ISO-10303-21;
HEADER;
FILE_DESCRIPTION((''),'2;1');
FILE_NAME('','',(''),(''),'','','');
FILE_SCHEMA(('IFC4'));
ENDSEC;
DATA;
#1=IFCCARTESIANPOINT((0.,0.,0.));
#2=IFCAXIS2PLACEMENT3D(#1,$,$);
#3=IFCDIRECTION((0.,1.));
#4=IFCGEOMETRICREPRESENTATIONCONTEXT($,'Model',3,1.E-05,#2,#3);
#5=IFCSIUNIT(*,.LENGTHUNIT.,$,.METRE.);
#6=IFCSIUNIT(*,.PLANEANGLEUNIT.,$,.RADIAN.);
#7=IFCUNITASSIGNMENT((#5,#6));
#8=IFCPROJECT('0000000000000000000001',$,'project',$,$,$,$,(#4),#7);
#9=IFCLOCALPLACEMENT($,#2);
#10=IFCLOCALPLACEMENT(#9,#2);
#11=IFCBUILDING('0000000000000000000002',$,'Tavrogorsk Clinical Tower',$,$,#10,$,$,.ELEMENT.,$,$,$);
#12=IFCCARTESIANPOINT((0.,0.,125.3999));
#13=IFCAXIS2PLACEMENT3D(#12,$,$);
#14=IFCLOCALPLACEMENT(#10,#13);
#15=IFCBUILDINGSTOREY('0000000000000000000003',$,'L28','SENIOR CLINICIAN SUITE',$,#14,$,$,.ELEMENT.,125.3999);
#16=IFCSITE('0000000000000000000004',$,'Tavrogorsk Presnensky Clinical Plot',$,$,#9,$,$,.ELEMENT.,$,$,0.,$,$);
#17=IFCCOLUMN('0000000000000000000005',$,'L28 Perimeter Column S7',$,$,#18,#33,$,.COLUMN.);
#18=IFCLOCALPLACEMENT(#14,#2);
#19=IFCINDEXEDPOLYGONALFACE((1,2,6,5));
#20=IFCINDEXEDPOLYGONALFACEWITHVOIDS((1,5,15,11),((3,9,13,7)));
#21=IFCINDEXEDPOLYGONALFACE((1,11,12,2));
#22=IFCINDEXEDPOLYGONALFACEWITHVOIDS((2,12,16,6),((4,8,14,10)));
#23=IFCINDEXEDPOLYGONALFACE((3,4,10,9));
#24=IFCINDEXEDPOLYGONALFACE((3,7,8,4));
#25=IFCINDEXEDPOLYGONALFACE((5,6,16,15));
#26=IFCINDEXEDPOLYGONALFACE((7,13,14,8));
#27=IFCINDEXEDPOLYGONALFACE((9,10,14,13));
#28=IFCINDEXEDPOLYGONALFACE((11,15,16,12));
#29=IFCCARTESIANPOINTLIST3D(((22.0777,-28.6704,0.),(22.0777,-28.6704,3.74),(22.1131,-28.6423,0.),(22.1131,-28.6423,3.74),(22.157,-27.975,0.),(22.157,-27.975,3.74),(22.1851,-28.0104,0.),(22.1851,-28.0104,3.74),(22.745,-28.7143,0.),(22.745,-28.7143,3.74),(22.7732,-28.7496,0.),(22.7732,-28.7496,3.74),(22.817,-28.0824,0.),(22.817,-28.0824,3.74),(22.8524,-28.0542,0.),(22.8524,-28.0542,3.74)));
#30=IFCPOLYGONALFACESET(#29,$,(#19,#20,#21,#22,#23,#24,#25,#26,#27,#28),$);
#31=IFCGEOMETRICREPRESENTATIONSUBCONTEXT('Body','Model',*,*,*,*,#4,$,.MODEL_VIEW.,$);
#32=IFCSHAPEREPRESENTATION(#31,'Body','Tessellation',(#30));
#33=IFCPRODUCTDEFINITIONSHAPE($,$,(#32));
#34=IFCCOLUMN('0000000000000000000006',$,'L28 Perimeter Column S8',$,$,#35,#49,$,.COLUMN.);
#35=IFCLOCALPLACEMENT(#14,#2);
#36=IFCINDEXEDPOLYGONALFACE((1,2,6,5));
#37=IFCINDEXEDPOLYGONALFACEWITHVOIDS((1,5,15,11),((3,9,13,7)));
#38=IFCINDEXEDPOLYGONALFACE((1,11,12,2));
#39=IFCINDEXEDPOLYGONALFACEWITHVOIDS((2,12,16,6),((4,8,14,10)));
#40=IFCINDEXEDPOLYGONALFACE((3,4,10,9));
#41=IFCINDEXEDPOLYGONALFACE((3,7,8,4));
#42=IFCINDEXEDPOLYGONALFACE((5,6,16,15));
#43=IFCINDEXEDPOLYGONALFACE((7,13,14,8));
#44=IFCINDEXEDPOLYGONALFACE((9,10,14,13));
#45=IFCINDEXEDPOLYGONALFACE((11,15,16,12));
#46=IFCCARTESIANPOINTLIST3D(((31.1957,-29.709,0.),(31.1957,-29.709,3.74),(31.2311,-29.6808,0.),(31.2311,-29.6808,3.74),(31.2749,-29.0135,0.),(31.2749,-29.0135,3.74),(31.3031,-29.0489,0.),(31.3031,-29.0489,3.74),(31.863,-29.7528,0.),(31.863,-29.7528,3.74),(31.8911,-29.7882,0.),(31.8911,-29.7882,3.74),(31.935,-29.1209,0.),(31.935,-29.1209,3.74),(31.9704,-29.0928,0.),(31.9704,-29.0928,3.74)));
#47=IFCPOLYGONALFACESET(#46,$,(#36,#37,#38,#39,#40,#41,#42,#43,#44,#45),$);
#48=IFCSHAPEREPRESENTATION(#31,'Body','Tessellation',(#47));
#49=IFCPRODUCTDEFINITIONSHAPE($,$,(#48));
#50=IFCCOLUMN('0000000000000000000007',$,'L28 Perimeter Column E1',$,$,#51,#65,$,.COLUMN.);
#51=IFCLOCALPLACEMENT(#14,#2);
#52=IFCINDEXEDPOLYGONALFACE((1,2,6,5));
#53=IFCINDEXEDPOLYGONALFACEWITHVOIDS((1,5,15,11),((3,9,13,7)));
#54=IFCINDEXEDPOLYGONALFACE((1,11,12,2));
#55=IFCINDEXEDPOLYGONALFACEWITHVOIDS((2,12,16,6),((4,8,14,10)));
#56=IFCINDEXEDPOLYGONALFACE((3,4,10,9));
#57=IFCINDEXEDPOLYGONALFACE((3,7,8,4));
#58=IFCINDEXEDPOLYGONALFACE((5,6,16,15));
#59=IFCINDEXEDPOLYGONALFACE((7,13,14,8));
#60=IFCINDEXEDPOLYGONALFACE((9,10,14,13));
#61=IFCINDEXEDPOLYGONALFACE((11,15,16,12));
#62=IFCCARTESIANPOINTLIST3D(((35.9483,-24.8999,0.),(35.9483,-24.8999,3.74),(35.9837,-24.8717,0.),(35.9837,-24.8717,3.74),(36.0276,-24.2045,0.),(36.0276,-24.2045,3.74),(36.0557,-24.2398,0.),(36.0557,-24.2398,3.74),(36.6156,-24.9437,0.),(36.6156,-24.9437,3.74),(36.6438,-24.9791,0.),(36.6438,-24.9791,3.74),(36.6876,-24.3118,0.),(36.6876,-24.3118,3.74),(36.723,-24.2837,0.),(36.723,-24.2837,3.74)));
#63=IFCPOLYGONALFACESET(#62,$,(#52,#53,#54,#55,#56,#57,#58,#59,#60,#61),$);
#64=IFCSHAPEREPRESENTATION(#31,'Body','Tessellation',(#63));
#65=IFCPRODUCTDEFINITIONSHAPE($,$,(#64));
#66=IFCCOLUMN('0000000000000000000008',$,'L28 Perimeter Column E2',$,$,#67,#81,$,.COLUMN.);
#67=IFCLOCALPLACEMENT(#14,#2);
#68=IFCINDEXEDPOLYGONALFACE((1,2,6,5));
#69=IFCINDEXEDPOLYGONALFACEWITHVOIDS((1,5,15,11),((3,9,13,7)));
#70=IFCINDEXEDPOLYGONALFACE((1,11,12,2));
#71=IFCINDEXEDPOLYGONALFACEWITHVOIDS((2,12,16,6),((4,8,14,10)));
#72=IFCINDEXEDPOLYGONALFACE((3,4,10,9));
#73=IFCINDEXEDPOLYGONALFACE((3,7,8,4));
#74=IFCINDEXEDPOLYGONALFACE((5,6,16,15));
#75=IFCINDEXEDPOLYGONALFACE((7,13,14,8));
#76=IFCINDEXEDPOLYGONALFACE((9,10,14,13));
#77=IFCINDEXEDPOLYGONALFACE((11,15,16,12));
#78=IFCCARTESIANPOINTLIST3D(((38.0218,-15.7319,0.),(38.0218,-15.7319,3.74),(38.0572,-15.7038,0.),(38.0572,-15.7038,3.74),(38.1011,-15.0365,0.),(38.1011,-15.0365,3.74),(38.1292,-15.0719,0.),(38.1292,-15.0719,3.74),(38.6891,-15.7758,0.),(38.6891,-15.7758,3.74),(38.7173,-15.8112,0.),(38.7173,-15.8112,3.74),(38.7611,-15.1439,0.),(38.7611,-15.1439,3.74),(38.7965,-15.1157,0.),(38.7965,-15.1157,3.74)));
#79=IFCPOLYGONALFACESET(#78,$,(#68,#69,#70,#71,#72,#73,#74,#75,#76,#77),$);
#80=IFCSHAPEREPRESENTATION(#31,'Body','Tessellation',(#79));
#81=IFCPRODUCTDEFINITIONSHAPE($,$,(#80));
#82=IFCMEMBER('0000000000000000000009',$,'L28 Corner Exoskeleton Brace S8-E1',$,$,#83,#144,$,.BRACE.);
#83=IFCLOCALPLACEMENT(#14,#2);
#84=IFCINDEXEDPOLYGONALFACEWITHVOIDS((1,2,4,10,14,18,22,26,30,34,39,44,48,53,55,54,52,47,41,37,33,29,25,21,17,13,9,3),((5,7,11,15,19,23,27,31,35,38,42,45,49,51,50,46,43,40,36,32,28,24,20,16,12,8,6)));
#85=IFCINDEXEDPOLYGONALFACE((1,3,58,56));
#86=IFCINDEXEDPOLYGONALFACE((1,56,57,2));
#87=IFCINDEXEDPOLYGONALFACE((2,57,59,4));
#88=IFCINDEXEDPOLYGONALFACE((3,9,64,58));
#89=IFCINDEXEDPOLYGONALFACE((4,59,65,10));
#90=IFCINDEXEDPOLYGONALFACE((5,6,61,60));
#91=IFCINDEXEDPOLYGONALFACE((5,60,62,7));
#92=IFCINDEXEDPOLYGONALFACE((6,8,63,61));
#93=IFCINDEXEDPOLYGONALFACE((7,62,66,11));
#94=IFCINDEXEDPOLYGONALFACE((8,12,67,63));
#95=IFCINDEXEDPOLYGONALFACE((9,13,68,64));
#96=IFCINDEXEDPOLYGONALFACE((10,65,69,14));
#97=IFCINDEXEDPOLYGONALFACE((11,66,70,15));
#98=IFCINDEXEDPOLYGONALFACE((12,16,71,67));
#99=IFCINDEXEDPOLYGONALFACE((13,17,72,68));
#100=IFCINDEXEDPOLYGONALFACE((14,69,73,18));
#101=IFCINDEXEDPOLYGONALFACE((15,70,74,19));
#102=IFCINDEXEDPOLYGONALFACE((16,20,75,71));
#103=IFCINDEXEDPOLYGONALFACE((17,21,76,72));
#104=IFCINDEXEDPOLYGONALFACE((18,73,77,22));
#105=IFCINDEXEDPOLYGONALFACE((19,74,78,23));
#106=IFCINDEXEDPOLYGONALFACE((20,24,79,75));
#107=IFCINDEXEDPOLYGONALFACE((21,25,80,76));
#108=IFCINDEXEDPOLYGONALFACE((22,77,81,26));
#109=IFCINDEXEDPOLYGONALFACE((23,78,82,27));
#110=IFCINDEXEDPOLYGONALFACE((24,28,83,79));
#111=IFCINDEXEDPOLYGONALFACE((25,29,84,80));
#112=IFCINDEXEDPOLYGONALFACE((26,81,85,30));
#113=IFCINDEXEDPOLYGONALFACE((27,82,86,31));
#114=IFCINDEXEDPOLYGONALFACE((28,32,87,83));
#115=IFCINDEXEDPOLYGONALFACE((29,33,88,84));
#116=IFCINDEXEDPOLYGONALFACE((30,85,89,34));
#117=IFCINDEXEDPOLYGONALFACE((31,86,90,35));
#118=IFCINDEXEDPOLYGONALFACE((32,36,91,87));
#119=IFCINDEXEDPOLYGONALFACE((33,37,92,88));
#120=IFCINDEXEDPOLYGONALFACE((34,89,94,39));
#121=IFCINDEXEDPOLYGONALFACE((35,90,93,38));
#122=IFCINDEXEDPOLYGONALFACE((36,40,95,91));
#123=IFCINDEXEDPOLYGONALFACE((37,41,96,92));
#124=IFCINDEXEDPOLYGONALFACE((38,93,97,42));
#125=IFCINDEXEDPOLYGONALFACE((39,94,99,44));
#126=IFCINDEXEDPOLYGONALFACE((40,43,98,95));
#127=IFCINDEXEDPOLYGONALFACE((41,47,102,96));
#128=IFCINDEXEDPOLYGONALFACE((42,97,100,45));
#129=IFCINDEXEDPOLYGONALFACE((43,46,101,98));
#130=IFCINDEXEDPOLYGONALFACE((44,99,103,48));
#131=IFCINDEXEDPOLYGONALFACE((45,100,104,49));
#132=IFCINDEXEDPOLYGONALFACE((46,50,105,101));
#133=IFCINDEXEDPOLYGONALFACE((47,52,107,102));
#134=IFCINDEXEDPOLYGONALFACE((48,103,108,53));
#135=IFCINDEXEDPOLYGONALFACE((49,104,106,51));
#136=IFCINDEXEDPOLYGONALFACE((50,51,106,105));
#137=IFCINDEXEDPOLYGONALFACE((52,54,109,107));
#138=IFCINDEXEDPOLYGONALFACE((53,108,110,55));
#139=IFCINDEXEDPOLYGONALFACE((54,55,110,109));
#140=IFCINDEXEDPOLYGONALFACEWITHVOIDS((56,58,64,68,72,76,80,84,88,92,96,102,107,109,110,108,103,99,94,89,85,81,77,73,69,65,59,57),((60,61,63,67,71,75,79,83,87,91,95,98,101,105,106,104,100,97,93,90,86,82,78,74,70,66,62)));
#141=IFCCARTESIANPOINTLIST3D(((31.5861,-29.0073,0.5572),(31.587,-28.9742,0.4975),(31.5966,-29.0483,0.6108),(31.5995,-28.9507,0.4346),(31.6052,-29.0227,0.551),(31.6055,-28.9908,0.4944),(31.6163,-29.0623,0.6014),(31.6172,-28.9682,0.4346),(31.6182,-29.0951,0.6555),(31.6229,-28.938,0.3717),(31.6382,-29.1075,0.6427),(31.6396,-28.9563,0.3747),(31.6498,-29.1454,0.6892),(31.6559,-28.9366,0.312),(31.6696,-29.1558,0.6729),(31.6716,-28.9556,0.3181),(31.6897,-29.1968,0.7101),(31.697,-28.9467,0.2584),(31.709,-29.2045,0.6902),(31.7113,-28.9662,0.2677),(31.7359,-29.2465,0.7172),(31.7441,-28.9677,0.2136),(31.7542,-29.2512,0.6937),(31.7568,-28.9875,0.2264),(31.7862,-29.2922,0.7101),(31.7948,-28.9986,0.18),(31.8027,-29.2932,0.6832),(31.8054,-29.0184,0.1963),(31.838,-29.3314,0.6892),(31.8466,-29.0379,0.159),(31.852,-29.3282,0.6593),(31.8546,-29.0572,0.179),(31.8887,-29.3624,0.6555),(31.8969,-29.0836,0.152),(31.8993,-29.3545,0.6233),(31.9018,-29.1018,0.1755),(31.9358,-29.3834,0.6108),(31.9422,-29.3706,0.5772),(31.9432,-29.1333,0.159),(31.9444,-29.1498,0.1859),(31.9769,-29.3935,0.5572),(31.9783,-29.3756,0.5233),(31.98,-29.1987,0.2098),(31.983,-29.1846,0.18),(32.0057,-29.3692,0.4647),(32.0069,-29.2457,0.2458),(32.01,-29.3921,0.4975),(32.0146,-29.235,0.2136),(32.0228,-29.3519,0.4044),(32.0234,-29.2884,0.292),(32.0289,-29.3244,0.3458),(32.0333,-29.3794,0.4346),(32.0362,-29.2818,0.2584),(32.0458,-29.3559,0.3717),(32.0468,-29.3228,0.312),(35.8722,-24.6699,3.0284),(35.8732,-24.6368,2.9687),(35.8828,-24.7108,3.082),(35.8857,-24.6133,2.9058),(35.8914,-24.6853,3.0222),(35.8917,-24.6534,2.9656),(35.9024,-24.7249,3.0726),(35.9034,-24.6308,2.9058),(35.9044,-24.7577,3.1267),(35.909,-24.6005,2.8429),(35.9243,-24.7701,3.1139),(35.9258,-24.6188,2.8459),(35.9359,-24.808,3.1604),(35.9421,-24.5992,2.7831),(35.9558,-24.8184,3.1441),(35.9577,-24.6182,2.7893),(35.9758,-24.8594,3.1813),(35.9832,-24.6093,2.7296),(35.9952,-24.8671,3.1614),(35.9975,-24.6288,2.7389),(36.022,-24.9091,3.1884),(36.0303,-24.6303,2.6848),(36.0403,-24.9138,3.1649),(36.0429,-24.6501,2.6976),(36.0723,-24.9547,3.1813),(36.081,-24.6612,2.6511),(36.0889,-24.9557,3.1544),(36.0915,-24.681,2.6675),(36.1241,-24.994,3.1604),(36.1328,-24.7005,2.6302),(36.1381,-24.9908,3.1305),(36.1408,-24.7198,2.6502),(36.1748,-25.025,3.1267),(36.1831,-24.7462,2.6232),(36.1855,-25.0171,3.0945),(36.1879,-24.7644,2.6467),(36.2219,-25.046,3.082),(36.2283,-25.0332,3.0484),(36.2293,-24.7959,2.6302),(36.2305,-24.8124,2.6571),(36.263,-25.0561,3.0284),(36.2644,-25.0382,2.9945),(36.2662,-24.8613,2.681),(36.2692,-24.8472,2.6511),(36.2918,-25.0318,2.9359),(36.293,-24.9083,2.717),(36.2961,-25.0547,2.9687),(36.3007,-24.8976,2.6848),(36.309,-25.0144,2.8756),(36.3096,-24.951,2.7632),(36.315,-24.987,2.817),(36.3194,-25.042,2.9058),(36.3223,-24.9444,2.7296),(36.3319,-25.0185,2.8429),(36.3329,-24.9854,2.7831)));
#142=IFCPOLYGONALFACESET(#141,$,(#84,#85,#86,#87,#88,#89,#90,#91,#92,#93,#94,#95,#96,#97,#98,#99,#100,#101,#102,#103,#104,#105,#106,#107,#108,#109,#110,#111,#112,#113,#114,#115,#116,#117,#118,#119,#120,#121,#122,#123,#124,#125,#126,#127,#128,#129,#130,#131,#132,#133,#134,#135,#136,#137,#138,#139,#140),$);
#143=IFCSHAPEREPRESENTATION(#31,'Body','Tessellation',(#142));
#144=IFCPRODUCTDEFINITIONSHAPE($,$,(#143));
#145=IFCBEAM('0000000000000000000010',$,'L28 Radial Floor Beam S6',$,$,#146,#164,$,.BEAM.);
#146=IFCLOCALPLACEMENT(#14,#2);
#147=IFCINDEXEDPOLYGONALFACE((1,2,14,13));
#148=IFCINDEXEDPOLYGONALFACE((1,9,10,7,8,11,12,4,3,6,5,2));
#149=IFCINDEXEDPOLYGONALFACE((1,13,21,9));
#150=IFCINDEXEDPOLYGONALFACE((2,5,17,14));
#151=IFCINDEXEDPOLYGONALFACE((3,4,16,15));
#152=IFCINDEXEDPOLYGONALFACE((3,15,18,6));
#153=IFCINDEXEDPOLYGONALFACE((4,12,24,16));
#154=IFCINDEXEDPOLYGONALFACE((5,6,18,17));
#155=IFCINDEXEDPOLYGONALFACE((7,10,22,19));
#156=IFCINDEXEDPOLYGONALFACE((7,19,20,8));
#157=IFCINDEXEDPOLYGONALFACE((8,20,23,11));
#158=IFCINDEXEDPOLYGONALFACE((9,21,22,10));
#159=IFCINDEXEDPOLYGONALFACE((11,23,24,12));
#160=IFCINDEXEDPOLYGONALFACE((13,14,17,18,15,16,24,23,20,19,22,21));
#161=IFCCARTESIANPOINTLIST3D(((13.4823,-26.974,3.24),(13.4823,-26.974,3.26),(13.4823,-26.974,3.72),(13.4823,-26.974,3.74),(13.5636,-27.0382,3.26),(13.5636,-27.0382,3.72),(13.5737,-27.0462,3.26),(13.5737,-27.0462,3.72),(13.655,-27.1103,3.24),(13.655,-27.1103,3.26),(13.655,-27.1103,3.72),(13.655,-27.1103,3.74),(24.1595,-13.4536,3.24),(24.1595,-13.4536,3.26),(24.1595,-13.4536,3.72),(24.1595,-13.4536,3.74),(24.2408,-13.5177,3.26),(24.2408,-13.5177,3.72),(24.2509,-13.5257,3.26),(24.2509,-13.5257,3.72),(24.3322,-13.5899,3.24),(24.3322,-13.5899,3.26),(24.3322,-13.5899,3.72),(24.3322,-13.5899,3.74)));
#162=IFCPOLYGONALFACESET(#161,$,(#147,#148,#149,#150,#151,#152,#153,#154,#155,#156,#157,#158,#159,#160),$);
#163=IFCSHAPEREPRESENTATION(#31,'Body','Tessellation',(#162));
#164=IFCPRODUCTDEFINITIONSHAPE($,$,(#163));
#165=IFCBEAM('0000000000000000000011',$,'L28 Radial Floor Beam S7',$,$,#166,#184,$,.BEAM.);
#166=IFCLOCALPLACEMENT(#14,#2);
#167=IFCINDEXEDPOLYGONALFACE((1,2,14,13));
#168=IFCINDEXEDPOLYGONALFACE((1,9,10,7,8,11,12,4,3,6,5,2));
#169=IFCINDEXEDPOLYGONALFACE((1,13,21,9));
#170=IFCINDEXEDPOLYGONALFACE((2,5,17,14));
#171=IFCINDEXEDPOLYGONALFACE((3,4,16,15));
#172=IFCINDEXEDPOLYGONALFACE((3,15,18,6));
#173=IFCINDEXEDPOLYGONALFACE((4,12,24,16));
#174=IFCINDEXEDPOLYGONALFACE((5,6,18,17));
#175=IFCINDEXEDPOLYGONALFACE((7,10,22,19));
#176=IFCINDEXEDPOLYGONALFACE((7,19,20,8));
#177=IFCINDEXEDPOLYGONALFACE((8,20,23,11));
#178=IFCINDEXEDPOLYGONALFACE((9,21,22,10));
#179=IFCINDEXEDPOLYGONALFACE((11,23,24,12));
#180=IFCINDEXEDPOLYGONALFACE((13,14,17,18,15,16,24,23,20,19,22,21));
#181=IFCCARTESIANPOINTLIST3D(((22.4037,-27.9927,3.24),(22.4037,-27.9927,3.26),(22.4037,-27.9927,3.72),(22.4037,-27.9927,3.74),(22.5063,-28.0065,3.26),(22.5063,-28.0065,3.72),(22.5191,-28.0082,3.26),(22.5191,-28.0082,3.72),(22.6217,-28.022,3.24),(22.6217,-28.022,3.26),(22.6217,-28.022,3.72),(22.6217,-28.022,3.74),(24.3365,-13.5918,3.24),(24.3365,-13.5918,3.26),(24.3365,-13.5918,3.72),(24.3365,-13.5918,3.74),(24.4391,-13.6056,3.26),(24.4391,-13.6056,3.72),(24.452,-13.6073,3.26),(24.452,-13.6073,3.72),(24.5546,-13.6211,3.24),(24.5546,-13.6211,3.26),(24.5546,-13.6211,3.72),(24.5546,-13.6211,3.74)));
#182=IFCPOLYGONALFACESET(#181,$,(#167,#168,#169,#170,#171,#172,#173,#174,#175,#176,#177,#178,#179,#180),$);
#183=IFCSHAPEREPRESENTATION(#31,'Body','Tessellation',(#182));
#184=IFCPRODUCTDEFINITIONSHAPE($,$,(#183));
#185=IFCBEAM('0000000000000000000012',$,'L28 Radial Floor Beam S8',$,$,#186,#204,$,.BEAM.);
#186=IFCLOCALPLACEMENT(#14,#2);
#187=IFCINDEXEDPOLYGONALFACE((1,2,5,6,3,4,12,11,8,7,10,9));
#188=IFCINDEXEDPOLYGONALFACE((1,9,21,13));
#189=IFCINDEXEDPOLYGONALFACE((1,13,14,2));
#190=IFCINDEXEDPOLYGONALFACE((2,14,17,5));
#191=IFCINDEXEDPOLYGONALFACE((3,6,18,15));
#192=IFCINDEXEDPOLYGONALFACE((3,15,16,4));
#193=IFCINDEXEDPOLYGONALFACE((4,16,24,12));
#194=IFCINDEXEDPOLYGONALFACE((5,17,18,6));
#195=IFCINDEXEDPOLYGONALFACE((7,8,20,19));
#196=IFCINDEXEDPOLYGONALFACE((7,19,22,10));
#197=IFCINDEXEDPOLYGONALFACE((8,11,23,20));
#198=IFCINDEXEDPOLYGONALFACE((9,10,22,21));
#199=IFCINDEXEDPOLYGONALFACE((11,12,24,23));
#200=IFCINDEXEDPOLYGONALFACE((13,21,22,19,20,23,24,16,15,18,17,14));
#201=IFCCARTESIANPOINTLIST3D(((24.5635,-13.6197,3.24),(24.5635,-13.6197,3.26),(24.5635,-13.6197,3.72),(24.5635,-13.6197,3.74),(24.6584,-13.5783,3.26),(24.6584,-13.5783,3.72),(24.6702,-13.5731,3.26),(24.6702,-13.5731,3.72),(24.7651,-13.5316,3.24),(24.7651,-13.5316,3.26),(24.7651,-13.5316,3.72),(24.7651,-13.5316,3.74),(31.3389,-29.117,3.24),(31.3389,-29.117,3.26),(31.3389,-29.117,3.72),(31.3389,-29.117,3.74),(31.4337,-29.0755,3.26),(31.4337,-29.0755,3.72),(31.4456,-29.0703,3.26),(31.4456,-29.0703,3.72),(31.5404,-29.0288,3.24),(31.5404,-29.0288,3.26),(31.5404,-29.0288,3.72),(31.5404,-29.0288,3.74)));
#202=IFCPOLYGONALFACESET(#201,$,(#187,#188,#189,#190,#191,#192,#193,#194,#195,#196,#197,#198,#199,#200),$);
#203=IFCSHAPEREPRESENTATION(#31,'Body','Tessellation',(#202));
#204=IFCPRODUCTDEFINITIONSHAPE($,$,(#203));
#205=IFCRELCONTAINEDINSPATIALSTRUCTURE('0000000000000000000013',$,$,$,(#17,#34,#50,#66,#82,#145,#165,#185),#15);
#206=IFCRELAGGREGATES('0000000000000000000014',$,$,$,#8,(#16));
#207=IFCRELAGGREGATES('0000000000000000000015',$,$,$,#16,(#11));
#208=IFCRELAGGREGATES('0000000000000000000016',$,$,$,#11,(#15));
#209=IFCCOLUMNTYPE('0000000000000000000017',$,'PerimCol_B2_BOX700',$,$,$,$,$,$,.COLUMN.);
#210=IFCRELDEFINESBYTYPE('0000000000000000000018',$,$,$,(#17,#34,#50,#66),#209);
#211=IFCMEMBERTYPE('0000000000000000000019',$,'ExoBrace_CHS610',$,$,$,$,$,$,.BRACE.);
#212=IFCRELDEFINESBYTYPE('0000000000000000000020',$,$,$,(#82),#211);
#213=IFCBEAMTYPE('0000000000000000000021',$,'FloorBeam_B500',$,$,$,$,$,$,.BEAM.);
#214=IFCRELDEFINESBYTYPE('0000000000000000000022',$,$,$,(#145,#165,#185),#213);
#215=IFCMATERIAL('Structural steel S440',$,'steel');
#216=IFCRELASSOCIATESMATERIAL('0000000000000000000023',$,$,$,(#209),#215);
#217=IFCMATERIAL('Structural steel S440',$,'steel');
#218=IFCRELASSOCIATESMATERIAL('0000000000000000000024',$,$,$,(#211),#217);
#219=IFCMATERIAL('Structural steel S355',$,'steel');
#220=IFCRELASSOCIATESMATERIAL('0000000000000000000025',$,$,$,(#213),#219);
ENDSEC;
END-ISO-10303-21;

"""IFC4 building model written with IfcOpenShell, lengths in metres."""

from ifc_helpers import new_model, si_unit, direction, frame, origin, origin_2d, place, context, subcontext, project, spatial, hollow_rectangle, hollow_circle, i_section, extrude, material, material_profile, profile_set, type_object, element, save


model = new_model("IFC4")

# Units and contexts
model_context = context("Model", 3, precision=1e-05, world=origin(), true_north=direction((0.0, 1.0)))
body_context = subcontext(model_context, "Body", "Model", "MODEL_VIEW")
ifc_project = project(units=[si_unit("LENGTHUNIT", "METRE"), si_unit("PLANEANGLEUNIT", "RADIAN")], contexts=[model_context])

# Site, building, storey
site_placement = place(None, origin())
site = spatial("IfcSite", under=ifc_project, at=site_placement, Name="Tavrogorsk Presnensky Clinical Plot", CompositionType="ELEMENT", RefElevation=0.0)
building_placement = place(site_placement, origin())
building = spatial("IfcBuilding", under=site, at=building_placement, Name="Tavrogorsk Clinical Tower", CompositionType="ELEMENT")
storey_placement = place(building_placement, frame((0.0, 0.0, 125.3999)))
storey = spatial("IfcBuildingStorey", under=building, at=storey_placement, Name="L28", Description="SENIOR CLINICIAN SUITE", CompositionType="ELEMENT", Elevation=125.3999)

# Columns
ifc_material_1 = material(Name="Structural steel S440", Category="steel")
ifc_material_profile_1 = material_profile(ifc_material_1, hollow_rectangle(XDim=0.7, YDim=0.7, WallThickness=0.032, at=origin_2d()), Name="BOX-700x700x32")
ifc_profile_set_1 = profile_set([ifc_material_profile_1], Name="Structural steel S440")
column_type = type_object("IfcColumnType", Name="PerimCol_B2_BOX700", PredefinedType="COLUMN", material=ifc_profile_set_1)
for number, where, z_axis, x_axis, name in (
    (1, (22.4651, -28.3623, 0.0), (0.0, 0.0, 1.0), (0.993572, -0.113203, 0.0), "L28 Perimeter Column S7"),
    (2, (31.583, -29.4009, 0.0), (0.0, 0.0, 1.0), (0.993572, -0.113203, 0.0), "L28 Perimeter Column S8"),
    (3, (36.3357, -24.5918, 0.0), (0.0, 0.0, 1.0), (0.993572, -0.113203, 0.0), "L28 Perimeter Column E1"),
    (4, (38.4092, -15.4238, 0.0), (0.0, 0.0, 1.0), (0.993572, -0.113203, 0.0), "L28 Perimeter Column E2"),
):
    element("IfcColumn", number, at=place(storey_placement, frame(where, z_axis=z_axis, x_axis=x_axis)), inside=storey, type_object=column_type, Name=name, PredefinedType="COLUMN", context=body_context, shape_type="SweptSolid", body=[
        extrude(hollow_rectangle(XDim=0.7, YDim=0.7, WallThickness=0.032, at=origin_2d()), origin(), (0.0, 0.0, 1.0), 3.74),
    ])

# Member
ifc_material_2 = material(Name="Structural steel S440", Category="steel")
ifc_material_profile_2 = material_profile(ifc_material_2, hollow_circle(Radius=0.3049, WallThickness=0.0249, at=origin_2d()), Name="CHS-610x25")
ifc_profile_set_2 = profile_set([ifc_material_profile_2], Name="Structural steel S440")
member_type_1 = type_object("IfcMemberType", Name="ExoBrace_CHS610", PredefinedType="BRACE", material=ifc_profile_set_2)
member_1_placement = place(storey_placement, frame((31.8164, -29.165, 0.4346), z_axis=(0.65143, 0.659222, 0.375585), x_axis=(-0.711298, 0.70289, 0.0)))
element("IfcMember", 5, at=member_1_placement, inside=storey, type_object=member_type_1, Name="L28 Corner Exoskeleton Brace S8-E1", PredefinedType="BRACE", context=body_context, shape_type="SweptSolid", body=[
    extrude(hollow_circle(Radius=0.3049, WallThickness=0.0249, at=origin_2d()), origin(), (0.0, 0.0, 1.0), 6.5796),
])

# Beams
ifc_material_3 = material(Name="Structural steel S355", Category="steel")
ifc_material_profile_3 = material_profile(ifc_material_3, i_section(OverallWidth=0.22, OverallDepth=0.5, WebThickness=0.0129, FlangeThickness=0.02, at=origin_2d()), Name="B-500x220x13x20")
ifc_profile_set_3 = profile_set([ifc_material_profile_3], Name="Structural steel S355")
beam_type_1 = type_object("IfcBeamType", Name="FloorBeam_B500", PredefinedType="BEAM", material=ifc_profile_set_3)
beam_1_placement = place(storey_placement, frame((24.2458, -13.5217, 3.49), z_axis=(-0.619757, -0.784794, 0.0), x_axis=(0.784794, -0.619757, 0.0)))
element("IfcBeam", 6, at=beam_1_placement, inside=storey, type_object=beam_type_1, Name="L28 Radial Floor Beam S6", PredefinedType="BEAM", context=body_context, shape_type="SweptSolid", body=[
    extrude(i_section(OverallWidth=0.22, OverallDepth=0.5, WebThickness=0.0129, FlangeThickness=0.02, at=origin_2d()), origin(), (0.0, 0.0, 1.0), 17.228),
])
beam_2_placement = place(storey_placement, frame((24.4456, -13.6064, 3.49), z_axis=(-0.133025, -0.991113, 0.0), x_axis=(0.991113, -0.133025, 0.0)))
element("IfcBeam", 7, at=beam_2_placement, inside=storey, type_object=beam_type_1, Name="L28 Radial Floor Beam S7", PredefinedType="BEAM", context=body_context, shape_type="SweptSolid", body=[
    extrude(i_section(OverallWidth=0.22, OverallDepth=0.5, WebThickness=0.0129, FlangeThickness=0.02, at=origin_2d()), origin(), (0.0, 0.0, 1.0), 14.53),
])
beam_3_placement = place(storey_placement, frame((24.6643, -13.5757, 3.49), z_axis=(0.400586, -0.916259, 0.0), x_axis=(0.916259, 0.400586, 0.0)))
element("IfcBeam", 8, at=beam_3_placement, inside=storey, type_object=beam_type_1, Name="L28 Radial Floor Beam S8", PredefinedType="BEAM", context=body_context, shape_type="SweptSolid", body=[
    extrude(i_section(OverallWidth=0.22, OverallDepth=0.5, WebThickness=0.0129, FlangeThickness=0.02, at=origin_2d()), origin(), (0.0, 0.0, 1.0), 16.9136),
])

save(model, "model.ifc")
